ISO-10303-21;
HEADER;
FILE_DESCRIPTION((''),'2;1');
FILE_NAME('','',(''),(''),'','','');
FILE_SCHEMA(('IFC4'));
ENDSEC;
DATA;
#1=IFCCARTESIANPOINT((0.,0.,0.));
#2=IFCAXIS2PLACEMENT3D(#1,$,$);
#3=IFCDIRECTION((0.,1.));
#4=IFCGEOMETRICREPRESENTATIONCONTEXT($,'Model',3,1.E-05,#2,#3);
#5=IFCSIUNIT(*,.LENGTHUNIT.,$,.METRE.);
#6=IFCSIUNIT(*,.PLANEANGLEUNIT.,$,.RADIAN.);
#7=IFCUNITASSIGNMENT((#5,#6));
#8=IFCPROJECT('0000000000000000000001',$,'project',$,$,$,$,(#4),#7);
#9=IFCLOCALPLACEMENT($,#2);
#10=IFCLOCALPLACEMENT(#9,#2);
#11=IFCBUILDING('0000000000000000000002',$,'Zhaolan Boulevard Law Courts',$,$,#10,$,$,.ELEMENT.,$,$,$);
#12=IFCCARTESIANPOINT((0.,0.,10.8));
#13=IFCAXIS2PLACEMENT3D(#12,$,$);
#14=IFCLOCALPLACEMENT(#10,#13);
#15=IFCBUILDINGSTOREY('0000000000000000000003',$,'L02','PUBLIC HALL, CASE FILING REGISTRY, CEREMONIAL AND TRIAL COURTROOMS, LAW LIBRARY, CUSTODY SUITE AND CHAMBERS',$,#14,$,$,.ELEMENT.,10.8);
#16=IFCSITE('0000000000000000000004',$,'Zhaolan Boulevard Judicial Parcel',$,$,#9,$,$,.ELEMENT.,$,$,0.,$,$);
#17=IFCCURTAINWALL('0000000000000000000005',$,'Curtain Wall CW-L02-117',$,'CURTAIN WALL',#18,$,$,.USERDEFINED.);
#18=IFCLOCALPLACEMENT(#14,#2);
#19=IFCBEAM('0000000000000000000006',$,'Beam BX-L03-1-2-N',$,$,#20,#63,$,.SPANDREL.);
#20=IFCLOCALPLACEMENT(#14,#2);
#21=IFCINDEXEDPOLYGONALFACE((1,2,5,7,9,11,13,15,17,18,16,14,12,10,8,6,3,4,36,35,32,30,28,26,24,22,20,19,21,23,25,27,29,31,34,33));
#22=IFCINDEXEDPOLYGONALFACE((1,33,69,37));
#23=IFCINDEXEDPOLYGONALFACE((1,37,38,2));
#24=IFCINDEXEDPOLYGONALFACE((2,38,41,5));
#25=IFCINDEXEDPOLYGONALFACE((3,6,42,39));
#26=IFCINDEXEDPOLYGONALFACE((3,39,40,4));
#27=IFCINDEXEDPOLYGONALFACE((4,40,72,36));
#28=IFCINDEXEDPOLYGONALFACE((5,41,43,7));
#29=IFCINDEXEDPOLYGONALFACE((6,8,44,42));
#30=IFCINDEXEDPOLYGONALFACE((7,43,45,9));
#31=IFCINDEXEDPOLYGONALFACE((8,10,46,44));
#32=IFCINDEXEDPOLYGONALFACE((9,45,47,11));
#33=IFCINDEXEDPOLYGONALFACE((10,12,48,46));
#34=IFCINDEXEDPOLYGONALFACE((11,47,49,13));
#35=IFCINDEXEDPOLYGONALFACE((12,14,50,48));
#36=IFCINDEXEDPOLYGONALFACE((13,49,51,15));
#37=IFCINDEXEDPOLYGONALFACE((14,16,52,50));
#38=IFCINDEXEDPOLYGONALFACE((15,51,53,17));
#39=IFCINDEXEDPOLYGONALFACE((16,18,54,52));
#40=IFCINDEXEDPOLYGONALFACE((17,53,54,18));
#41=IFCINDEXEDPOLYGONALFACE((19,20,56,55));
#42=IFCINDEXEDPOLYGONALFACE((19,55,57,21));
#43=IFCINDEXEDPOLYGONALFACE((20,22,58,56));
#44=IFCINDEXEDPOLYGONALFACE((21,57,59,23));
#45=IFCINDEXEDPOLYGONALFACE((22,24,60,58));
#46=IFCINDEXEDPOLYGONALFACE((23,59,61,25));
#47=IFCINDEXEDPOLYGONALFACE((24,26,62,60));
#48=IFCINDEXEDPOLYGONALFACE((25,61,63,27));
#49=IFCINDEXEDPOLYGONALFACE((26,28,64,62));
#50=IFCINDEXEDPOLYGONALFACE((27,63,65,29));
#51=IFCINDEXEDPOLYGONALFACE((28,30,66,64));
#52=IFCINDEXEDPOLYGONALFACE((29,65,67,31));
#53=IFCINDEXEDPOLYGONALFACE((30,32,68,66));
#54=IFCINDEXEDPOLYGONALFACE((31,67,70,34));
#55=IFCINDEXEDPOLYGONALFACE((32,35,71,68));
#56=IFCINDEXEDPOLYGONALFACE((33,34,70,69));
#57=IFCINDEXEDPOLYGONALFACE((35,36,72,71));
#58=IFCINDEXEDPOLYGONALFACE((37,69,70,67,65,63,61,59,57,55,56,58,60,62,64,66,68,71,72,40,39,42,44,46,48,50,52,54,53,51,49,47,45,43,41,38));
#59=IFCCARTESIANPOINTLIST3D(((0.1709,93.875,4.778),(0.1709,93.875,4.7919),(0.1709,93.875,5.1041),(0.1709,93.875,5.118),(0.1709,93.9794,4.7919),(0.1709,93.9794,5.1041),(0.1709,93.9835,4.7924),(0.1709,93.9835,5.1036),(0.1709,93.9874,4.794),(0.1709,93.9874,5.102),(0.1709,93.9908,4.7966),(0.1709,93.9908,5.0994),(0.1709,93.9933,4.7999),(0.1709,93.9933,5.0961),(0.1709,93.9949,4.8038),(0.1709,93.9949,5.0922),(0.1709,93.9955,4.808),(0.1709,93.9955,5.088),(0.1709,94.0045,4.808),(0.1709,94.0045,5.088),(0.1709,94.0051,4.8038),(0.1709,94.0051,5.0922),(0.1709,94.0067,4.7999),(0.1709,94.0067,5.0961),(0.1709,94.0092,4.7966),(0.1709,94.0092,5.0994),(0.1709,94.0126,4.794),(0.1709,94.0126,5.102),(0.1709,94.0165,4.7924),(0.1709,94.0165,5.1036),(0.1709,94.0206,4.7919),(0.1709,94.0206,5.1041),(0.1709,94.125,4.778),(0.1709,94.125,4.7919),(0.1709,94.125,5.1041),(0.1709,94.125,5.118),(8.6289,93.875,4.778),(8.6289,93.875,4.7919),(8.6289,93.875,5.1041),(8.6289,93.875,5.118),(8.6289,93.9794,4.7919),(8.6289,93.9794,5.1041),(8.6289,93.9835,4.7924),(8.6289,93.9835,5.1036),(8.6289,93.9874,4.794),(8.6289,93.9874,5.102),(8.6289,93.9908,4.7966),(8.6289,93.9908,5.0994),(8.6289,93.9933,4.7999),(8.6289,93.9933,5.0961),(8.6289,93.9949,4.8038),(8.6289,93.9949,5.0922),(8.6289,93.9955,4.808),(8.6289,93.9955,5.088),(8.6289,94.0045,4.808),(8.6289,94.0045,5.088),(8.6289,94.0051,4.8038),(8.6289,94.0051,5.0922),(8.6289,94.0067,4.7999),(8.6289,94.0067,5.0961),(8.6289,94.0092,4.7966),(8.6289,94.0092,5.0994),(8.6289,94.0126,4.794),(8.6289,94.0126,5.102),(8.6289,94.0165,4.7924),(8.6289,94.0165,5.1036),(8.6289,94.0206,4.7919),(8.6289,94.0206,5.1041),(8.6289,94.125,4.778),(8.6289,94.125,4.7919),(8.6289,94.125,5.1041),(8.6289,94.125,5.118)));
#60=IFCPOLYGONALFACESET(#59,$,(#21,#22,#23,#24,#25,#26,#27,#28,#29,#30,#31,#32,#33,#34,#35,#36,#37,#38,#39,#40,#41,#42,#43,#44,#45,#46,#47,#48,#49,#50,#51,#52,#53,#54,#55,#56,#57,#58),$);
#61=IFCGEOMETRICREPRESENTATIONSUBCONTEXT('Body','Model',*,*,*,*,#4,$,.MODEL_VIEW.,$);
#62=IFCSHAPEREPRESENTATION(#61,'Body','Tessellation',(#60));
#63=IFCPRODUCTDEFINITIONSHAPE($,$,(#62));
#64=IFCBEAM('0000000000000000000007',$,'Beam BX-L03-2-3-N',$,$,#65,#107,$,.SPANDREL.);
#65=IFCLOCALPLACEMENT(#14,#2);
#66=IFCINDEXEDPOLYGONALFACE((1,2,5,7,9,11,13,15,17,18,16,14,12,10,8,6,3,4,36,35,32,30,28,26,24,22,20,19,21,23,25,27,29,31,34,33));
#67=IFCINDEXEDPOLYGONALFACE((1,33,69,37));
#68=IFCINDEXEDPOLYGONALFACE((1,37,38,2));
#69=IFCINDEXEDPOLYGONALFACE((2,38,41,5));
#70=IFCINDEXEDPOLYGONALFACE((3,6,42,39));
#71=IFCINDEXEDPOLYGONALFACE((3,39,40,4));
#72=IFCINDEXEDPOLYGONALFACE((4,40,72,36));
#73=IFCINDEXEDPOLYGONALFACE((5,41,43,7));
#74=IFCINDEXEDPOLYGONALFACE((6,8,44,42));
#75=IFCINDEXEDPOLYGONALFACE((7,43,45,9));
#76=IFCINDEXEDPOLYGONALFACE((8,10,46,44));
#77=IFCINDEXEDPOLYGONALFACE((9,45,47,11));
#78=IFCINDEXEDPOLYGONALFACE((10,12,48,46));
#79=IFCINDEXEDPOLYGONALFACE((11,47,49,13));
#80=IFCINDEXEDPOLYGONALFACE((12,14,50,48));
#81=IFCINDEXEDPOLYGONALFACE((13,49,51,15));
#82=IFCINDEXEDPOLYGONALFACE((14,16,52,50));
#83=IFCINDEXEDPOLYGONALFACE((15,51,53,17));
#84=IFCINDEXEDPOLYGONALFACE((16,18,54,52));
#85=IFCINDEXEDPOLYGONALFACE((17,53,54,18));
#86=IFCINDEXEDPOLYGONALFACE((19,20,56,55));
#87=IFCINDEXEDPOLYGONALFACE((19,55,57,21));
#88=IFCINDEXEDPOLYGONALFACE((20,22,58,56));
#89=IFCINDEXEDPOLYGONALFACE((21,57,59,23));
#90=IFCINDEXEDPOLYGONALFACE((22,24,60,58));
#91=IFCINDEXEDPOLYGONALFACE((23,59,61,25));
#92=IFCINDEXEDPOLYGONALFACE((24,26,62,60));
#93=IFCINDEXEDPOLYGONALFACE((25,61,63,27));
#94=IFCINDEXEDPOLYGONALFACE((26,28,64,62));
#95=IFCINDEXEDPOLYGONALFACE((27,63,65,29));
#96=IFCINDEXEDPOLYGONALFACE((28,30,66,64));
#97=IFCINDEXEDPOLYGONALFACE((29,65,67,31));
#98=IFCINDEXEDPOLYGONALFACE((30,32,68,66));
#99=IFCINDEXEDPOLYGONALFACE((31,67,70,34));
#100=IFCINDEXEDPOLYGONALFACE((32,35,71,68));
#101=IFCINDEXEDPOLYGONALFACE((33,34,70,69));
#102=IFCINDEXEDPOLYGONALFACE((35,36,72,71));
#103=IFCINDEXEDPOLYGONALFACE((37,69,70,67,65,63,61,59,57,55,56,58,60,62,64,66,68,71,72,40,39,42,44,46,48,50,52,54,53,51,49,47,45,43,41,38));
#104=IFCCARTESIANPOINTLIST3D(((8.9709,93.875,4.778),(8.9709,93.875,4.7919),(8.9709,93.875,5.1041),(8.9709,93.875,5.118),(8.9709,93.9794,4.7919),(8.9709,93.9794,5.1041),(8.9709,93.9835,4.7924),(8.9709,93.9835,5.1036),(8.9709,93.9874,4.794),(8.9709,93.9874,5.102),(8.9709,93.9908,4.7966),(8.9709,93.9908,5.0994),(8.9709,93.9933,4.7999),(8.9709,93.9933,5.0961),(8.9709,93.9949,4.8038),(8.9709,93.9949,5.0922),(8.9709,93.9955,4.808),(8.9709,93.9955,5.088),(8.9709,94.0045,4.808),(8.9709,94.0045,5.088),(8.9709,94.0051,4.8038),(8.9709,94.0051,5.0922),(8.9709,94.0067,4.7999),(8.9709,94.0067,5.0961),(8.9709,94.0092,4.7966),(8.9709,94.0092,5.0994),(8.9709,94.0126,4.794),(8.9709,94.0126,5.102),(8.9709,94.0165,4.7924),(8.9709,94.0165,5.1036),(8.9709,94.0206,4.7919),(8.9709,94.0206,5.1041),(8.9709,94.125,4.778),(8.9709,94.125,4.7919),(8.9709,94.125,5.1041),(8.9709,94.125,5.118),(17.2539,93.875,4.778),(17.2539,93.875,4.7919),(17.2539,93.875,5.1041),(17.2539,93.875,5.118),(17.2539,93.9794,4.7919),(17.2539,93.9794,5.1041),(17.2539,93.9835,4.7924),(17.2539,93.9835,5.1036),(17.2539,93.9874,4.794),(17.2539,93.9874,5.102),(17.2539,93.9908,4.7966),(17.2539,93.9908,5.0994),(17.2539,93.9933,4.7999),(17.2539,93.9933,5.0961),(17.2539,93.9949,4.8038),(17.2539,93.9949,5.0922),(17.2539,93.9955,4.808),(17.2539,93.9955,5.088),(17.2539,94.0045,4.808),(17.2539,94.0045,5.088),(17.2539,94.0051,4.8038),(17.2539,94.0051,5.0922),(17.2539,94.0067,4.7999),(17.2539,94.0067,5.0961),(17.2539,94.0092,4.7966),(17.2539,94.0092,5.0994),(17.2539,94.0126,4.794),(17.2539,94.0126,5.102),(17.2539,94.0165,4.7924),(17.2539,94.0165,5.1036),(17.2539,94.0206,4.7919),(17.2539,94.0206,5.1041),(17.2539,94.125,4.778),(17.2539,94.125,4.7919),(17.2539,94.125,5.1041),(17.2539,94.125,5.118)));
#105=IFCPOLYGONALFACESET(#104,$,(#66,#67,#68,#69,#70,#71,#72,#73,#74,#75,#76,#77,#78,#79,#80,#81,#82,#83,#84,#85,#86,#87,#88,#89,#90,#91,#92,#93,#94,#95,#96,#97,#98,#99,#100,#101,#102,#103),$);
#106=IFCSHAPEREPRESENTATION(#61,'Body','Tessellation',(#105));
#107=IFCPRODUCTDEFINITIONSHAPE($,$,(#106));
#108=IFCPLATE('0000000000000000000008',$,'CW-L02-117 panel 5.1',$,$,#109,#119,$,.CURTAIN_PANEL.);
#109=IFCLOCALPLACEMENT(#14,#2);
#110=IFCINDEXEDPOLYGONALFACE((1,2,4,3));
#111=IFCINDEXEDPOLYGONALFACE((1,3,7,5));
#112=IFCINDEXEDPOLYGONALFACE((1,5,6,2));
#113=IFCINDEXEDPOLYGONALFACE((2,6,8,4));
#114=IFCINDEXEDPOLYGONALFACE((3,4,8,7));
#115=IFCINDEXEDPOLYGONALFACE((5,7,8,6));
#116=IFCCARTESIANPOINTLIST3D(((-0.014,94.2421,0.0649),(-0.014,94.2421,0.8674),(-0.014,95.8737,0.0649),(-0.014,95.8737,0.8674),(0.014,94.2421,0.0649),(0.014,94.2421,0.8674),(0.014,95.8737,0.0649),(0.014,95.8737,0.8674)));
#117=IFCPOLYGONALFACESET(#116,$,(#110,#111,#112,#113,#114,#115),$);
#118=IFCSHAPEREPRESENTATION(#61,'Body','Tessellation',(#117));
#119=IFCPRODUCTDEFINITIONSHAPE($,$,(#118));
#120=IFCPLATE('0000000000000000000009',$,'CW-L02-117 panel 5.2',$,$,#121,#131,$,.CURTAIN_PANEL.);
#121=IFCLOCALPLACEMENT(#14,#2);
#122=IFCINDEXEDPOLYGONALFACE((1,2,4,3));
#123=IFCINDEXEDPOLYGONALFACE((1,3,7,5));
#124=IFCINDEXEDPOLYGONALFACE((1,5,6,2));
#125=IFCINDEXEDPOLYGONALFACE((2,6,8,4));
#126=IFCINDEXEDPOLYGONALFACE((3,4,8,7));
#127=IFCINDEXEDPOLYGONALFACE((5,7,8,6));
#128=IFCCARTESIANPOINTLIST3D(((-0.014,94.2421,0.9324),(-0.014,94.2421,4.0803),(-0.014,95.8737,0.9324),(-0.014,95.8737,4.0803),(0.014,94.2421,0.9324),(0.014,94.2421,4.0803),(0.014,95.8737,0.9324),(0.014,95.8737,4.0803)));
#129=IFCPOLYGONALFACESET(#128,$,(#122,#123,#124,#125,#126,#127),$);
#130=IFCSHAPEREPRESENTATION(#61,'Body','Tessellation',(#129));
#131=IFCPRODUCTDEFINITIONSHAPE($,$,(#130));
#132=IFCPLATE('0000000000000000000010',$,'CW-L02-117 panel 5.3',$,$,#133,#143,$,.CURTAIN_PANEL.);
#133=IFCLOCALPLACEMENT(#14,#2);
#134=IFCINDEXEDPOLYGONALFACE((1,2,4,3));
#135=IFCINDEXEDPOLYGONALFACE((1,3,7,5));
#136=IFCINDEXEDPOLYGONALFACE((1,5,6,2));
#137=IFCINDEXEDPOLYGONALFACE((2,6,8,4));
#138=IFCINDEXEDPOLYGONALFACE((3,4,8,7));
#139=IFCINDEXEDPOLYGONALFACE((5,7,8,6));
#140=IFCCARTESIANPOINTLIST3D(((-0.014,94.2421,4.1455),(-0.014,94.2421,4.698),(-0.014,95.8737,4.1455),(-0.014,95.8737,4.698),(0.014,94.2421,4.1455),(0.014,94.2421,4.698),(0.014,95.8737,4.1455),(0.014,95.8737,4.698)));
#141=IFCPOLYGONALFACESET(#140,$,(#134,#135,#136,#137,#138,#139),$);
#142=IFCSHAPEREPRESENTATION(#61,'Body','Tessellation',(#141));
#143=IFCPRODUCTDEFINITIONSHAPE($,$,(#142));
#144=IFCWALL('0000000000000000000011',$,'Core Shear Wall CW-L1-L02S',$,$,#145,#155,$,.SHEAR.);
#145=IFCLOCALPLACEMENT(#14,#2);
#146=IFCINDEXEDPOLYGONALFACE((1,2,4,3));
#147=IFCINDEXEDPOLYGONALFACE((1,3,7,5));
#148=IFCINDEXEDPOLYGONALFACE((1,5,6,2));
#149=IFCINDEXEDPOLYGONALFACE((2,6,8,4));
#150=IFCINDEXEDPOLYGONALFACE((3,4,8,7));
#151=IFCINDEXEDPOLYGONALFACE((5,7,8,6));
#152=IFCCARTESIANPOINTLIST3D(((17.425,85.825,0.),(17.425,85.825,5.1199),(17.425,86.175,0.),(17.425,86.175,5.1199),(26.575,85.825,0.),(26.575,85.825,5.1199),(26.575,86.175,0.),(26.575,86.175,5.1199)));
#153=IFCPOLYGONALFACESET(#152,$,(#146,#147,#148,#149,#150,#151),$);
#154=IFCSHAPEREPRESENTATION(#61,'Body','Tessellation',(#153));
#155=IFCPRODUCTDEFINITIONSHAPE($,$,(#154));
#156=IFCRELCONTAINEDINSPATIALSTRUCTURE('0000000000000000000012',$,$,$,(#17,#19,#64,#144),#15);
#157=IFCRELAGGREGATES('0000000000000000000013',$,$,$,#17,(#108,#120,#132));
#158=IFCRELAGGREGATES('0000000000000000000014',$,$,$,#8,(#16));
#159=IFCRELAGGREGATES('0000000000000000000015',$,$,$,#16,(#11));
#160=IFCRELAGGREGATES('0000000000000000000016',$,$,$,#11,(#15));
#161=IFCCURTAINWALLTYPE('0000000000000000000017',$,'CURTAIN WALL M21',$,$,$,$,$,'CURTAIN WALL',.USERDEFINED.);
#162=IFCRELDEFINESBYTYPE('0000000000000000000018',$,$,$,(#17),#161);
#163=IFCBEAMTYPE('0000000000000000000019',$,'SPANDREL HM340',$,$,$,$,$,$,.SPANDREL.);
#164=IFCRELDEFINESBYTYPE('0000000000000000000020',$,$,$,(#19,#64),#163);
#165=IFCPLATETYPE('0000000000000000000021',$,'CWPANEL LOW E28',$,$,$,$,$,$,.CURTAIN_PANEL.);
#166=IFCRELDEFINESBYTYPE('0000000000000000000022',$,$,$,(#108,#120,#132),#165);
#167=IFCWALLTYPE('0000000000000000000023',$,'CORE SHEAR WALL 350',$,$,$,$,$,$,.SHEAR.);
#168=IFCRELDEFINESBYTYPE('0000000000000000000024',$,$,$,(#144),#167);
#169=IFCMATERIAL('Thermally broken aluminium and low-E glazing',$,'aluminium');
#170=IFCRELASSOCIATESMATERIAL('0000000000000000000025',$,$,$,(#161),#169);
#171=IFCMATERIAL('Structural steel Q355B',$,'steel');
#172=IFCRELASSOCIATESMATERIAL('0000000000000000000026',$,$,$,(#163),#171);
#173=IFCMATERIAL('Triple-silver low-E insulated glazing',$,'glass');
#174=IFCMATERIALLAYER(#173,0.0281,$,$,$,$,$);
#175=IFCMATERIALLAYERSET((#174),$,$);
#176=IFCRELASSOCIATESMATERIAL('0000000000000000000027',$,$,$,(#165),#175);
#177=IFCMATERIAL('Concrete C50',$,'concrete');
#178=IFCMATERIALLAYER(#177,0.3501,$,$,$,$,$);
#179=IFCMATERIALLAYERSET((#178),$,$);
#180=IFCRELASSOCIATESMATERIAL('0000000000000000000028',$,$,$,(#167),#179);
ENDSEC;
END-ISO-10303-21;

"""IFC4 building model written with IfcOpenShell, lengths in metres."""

from ifc_helpers import new_model, si_unit, direction, frame, frame_2d, origin, origin_2d, place, context, subcontext, project, spatial, rectangle, i_section, extrude, material, layer, layer_set, material_profile, profile_set, type_object, element, aggregate, save


model = new_model("IFC4")

# Units and contexts
model_context = context("Model", 3, precision=1e-05, world=origin(), true_north=direction((0.0, 1.0)))
body_context = subcontext(model_context, "Body", "Model", "MODEL_VIEW")
ifc_project = project(units=[si_unit("LENGTHUNIT", "METRE"), si_unit("PLANEANGLEUNIT", "RADIAN")], contexts=[model_context])

# Site, building, storey
site_placement = place(None, origin())
site = spatial("IfcSite", under=ifc_project, at=site_placement, Name="Zhaolan Boulevard Judicial Parcel", CompositionType="ELEMENT", RefElevation=0.0)
building_placement = place(site_placement, origin())
building = spatial("IfcBuilding", under=site, at=building_placement, Name="Zhaolan Boulevard Law Courts", CompositionType="ELEMENT")
storey_placement = place(building_placement, frame((0.0, 0.0, 10.8)))
storey = spatial("IfcBuildingStorey", under=building, at=storey_placement, Name="L02", Description="PUBLIC HALL, CASE FILING REGISTRY, CEREMONIAL AND TRIAL COURTROOMS, LAW LIBRARY, CUSTODY SUITE AND CHAMBERS", CompositionType="ELEMENT", Elevation=10.8)

# Curtain wall
ifc_material_1 = material(Name="Thermally broken aluminium and low-E glazing", Category="aluminium")
curtain_wall_type_1 = type_object("IfcCurtainWallType", Name="CURTAIN WALL M21", ElementType="CURTAIN WALL", PredefinedType="USERDEFINED", material=ifc_material_1)
curtain_wall_1_placement = place(storey_placement, origin())
curtain_wall_1 = element("IfcCurtainWall", 1, at=curtain_wall_1_placement, inside=storey, type_object=curtain_wall_type_1, Name="Curtain Wall CW-L02-117", ObjectType="CURTAIN WALL", PredefinedType="USERDEFINED")

# Beams
ifc_material_2 = material(Name="Structural steel Q355B", Category="steel")
ifc_material_profile_1 = material_profile(ifc_material_2, i_section(OverallWidth=0.25, OverallDepth=0.3401, WebThickness=0.009, FlangeThickness=0.0139, FilletRadius=0.0161, at=origin_2d()), Name="HM340x250")
ifc_profile_set_1 = profile_set([ifc_material_profile_1], Name="Structural steel Q355B")
beam_type_1 = type_object("IfcBeamType", Name="SPANDREL HM340", PredefinedType="SPANDREL", material=ifc_profile_set_1)
beam_1_placement = place(storey_placement, frame((0.1709, 94.0, 4.948), z_axis=(1.0, 0.0, 0.0), x_axis=(0.0, 1.0, 0.0)))
element("IfcBeam", 2, at=beam_1_placement, inside=storey, type_object=beam_type_1, Name="Beam BX-L03-1-2-N", PredefinedType="SPANDREL", context=body_context, shape_type="SweptSolid", body=[
    extrude(i_section(OverallWidth=0.25, OverallDepth=0.3401, WebThickness=0.009, FlangeThickness=0.0139, FilletRadius=0.0161, at=origin_2d()), origin(), (0.0, 0.0, 1.0), 8.458),
])
beam_2_placement = place(storey_placement, frame((8.9709, 94.0, 4.948), z_axis=(1.0, 0.0, 0.0), x_axis=(0.0, 1.0, 0.0)))
element("IfcBeam", 3, at=beam_2_placement, inside=storey, type_object=beam_type_1, Name="Beam BX-L03-2-3-N", PredefinedType="SPANDREL", context=body_context, shape_type="SweptSolid", body=[
    extrude(i_section(OverallWidth=0.25, OverallDepth=0.3401, WebThickness=0.009, FlangeThickness=0.0139, FilletRadius=0.0161, at=origin_2d()), origin(), (0.0, 0.0, 1.0), 8.283),
])

# Plates
ifc_material_3 = material(Name="Triple-silver low-E insulated glazing", Category="glass")
ifc_layer_1 = layer(ifc_material_3, 0.0281)
ifc_layer_set_1 = layer_set([ifc_layer_1])
plate_type = type_object("IfcPlateType", Name="CWPANEL LOW E28", PredefinedType="CURTAIN_PANEL", material=ifc_layer_set_1)
plate_1_placement = place(storey_placement, frame((0.0, 95.0579, 0.0649), z_axis=(0.0, 0.0, 1.0), x_axis=(0.0, -1.0, 0.0)))
plate_1 = element("IfcPlate", 4, at=plate_1_placement, type_object=plate_type, Name="CW-L02-117 panel 5.1", PredefinedType="CURTAIN_PANEL", context=body_context, shape_type="SweptSolid", body=[
    extrude(rectangle(XDim=1.6316, YDim=0.0281, at=origin_2d()), origin(), (0.0, 0.0, 1.0), 0.8025),
])
plate_2_placement = place(storey_placement, frame((0.0, 95.0579, 0.9324), z_axis=(0.0, 0.0, 1.0), x_axis=(0.0, -1.0, 0.0)))
plate_2 = element("IfcPlate", 5, at=plate_2_placement, type_object=plate_type, Name="CW-L02-117 panel 5.2", PredefinedType="CURTAIN_PANEL", context=body_context, shape_type="SweptSolid", body=[
    extrude(rectangle(XDim=1.6316, YDim=0.0281, at=origin_2d()), origin(), (0.0, 0.0, 1.0), 3.1479),
])
plate_3_placement = place(storey_placement, frame((0.0, 95.0579, 4.1455), z_axis=(0.0, 0.0, 1.0), x_axis=(0.0, -1.0, 0.0)))
plate_3 = element("IfcPlate", 6, at=plate_3_placement, type_object=plate_type, Name="CW-L02-117 panel 5.3", PredefinedType="CURTAIN_PANEL", context=body_context, shape_type="SweptSolid", body=[
    extrude(rectangle(XDim=1.6316, YDim=0.0281, at=origin_2d()), origin(), (0.0, 0.0, 1.0), 0.5525),
])
aggregate(curtain_wall_1, [plate_1, plate_2, plate_3])

# Wall
ifc_material_4 = material(Name="Concrete C50", Category="concrete")
ifc_layer_2 = layer(ifc_material_4, 0.3501)
ifc_layer_set_2 = layer_set([ifc_layer_2])
wall_type = type_object("IfcWallType", Name="CORE SHEAR WALL 350", PredefinedType="SHEAR", material=ifc_layer_set_2)
wall_placement = place(storey_placement, frame((17.425, 86.0, 0.0), z_axis=(0.0, 0.0, 1.0), x_axis=(1.0, 0.0, 0.0)))
element("IfcWall", 7, at=wall_placement, inside=storey, type_object=wall_type, Name="Core Shear Wall CW-L1-L02S", PredefinedType="SHEAR", context=body_context, shape_type="SweptSolid", body=[
    extrude(rectangle(XDim=9.1499, YDim=0.3501, at=frame_2d((4.575, 0.0))), origin(), (0.0, 0.0, 1.0), 5.1199),
])

save(model, "model.ifc")
